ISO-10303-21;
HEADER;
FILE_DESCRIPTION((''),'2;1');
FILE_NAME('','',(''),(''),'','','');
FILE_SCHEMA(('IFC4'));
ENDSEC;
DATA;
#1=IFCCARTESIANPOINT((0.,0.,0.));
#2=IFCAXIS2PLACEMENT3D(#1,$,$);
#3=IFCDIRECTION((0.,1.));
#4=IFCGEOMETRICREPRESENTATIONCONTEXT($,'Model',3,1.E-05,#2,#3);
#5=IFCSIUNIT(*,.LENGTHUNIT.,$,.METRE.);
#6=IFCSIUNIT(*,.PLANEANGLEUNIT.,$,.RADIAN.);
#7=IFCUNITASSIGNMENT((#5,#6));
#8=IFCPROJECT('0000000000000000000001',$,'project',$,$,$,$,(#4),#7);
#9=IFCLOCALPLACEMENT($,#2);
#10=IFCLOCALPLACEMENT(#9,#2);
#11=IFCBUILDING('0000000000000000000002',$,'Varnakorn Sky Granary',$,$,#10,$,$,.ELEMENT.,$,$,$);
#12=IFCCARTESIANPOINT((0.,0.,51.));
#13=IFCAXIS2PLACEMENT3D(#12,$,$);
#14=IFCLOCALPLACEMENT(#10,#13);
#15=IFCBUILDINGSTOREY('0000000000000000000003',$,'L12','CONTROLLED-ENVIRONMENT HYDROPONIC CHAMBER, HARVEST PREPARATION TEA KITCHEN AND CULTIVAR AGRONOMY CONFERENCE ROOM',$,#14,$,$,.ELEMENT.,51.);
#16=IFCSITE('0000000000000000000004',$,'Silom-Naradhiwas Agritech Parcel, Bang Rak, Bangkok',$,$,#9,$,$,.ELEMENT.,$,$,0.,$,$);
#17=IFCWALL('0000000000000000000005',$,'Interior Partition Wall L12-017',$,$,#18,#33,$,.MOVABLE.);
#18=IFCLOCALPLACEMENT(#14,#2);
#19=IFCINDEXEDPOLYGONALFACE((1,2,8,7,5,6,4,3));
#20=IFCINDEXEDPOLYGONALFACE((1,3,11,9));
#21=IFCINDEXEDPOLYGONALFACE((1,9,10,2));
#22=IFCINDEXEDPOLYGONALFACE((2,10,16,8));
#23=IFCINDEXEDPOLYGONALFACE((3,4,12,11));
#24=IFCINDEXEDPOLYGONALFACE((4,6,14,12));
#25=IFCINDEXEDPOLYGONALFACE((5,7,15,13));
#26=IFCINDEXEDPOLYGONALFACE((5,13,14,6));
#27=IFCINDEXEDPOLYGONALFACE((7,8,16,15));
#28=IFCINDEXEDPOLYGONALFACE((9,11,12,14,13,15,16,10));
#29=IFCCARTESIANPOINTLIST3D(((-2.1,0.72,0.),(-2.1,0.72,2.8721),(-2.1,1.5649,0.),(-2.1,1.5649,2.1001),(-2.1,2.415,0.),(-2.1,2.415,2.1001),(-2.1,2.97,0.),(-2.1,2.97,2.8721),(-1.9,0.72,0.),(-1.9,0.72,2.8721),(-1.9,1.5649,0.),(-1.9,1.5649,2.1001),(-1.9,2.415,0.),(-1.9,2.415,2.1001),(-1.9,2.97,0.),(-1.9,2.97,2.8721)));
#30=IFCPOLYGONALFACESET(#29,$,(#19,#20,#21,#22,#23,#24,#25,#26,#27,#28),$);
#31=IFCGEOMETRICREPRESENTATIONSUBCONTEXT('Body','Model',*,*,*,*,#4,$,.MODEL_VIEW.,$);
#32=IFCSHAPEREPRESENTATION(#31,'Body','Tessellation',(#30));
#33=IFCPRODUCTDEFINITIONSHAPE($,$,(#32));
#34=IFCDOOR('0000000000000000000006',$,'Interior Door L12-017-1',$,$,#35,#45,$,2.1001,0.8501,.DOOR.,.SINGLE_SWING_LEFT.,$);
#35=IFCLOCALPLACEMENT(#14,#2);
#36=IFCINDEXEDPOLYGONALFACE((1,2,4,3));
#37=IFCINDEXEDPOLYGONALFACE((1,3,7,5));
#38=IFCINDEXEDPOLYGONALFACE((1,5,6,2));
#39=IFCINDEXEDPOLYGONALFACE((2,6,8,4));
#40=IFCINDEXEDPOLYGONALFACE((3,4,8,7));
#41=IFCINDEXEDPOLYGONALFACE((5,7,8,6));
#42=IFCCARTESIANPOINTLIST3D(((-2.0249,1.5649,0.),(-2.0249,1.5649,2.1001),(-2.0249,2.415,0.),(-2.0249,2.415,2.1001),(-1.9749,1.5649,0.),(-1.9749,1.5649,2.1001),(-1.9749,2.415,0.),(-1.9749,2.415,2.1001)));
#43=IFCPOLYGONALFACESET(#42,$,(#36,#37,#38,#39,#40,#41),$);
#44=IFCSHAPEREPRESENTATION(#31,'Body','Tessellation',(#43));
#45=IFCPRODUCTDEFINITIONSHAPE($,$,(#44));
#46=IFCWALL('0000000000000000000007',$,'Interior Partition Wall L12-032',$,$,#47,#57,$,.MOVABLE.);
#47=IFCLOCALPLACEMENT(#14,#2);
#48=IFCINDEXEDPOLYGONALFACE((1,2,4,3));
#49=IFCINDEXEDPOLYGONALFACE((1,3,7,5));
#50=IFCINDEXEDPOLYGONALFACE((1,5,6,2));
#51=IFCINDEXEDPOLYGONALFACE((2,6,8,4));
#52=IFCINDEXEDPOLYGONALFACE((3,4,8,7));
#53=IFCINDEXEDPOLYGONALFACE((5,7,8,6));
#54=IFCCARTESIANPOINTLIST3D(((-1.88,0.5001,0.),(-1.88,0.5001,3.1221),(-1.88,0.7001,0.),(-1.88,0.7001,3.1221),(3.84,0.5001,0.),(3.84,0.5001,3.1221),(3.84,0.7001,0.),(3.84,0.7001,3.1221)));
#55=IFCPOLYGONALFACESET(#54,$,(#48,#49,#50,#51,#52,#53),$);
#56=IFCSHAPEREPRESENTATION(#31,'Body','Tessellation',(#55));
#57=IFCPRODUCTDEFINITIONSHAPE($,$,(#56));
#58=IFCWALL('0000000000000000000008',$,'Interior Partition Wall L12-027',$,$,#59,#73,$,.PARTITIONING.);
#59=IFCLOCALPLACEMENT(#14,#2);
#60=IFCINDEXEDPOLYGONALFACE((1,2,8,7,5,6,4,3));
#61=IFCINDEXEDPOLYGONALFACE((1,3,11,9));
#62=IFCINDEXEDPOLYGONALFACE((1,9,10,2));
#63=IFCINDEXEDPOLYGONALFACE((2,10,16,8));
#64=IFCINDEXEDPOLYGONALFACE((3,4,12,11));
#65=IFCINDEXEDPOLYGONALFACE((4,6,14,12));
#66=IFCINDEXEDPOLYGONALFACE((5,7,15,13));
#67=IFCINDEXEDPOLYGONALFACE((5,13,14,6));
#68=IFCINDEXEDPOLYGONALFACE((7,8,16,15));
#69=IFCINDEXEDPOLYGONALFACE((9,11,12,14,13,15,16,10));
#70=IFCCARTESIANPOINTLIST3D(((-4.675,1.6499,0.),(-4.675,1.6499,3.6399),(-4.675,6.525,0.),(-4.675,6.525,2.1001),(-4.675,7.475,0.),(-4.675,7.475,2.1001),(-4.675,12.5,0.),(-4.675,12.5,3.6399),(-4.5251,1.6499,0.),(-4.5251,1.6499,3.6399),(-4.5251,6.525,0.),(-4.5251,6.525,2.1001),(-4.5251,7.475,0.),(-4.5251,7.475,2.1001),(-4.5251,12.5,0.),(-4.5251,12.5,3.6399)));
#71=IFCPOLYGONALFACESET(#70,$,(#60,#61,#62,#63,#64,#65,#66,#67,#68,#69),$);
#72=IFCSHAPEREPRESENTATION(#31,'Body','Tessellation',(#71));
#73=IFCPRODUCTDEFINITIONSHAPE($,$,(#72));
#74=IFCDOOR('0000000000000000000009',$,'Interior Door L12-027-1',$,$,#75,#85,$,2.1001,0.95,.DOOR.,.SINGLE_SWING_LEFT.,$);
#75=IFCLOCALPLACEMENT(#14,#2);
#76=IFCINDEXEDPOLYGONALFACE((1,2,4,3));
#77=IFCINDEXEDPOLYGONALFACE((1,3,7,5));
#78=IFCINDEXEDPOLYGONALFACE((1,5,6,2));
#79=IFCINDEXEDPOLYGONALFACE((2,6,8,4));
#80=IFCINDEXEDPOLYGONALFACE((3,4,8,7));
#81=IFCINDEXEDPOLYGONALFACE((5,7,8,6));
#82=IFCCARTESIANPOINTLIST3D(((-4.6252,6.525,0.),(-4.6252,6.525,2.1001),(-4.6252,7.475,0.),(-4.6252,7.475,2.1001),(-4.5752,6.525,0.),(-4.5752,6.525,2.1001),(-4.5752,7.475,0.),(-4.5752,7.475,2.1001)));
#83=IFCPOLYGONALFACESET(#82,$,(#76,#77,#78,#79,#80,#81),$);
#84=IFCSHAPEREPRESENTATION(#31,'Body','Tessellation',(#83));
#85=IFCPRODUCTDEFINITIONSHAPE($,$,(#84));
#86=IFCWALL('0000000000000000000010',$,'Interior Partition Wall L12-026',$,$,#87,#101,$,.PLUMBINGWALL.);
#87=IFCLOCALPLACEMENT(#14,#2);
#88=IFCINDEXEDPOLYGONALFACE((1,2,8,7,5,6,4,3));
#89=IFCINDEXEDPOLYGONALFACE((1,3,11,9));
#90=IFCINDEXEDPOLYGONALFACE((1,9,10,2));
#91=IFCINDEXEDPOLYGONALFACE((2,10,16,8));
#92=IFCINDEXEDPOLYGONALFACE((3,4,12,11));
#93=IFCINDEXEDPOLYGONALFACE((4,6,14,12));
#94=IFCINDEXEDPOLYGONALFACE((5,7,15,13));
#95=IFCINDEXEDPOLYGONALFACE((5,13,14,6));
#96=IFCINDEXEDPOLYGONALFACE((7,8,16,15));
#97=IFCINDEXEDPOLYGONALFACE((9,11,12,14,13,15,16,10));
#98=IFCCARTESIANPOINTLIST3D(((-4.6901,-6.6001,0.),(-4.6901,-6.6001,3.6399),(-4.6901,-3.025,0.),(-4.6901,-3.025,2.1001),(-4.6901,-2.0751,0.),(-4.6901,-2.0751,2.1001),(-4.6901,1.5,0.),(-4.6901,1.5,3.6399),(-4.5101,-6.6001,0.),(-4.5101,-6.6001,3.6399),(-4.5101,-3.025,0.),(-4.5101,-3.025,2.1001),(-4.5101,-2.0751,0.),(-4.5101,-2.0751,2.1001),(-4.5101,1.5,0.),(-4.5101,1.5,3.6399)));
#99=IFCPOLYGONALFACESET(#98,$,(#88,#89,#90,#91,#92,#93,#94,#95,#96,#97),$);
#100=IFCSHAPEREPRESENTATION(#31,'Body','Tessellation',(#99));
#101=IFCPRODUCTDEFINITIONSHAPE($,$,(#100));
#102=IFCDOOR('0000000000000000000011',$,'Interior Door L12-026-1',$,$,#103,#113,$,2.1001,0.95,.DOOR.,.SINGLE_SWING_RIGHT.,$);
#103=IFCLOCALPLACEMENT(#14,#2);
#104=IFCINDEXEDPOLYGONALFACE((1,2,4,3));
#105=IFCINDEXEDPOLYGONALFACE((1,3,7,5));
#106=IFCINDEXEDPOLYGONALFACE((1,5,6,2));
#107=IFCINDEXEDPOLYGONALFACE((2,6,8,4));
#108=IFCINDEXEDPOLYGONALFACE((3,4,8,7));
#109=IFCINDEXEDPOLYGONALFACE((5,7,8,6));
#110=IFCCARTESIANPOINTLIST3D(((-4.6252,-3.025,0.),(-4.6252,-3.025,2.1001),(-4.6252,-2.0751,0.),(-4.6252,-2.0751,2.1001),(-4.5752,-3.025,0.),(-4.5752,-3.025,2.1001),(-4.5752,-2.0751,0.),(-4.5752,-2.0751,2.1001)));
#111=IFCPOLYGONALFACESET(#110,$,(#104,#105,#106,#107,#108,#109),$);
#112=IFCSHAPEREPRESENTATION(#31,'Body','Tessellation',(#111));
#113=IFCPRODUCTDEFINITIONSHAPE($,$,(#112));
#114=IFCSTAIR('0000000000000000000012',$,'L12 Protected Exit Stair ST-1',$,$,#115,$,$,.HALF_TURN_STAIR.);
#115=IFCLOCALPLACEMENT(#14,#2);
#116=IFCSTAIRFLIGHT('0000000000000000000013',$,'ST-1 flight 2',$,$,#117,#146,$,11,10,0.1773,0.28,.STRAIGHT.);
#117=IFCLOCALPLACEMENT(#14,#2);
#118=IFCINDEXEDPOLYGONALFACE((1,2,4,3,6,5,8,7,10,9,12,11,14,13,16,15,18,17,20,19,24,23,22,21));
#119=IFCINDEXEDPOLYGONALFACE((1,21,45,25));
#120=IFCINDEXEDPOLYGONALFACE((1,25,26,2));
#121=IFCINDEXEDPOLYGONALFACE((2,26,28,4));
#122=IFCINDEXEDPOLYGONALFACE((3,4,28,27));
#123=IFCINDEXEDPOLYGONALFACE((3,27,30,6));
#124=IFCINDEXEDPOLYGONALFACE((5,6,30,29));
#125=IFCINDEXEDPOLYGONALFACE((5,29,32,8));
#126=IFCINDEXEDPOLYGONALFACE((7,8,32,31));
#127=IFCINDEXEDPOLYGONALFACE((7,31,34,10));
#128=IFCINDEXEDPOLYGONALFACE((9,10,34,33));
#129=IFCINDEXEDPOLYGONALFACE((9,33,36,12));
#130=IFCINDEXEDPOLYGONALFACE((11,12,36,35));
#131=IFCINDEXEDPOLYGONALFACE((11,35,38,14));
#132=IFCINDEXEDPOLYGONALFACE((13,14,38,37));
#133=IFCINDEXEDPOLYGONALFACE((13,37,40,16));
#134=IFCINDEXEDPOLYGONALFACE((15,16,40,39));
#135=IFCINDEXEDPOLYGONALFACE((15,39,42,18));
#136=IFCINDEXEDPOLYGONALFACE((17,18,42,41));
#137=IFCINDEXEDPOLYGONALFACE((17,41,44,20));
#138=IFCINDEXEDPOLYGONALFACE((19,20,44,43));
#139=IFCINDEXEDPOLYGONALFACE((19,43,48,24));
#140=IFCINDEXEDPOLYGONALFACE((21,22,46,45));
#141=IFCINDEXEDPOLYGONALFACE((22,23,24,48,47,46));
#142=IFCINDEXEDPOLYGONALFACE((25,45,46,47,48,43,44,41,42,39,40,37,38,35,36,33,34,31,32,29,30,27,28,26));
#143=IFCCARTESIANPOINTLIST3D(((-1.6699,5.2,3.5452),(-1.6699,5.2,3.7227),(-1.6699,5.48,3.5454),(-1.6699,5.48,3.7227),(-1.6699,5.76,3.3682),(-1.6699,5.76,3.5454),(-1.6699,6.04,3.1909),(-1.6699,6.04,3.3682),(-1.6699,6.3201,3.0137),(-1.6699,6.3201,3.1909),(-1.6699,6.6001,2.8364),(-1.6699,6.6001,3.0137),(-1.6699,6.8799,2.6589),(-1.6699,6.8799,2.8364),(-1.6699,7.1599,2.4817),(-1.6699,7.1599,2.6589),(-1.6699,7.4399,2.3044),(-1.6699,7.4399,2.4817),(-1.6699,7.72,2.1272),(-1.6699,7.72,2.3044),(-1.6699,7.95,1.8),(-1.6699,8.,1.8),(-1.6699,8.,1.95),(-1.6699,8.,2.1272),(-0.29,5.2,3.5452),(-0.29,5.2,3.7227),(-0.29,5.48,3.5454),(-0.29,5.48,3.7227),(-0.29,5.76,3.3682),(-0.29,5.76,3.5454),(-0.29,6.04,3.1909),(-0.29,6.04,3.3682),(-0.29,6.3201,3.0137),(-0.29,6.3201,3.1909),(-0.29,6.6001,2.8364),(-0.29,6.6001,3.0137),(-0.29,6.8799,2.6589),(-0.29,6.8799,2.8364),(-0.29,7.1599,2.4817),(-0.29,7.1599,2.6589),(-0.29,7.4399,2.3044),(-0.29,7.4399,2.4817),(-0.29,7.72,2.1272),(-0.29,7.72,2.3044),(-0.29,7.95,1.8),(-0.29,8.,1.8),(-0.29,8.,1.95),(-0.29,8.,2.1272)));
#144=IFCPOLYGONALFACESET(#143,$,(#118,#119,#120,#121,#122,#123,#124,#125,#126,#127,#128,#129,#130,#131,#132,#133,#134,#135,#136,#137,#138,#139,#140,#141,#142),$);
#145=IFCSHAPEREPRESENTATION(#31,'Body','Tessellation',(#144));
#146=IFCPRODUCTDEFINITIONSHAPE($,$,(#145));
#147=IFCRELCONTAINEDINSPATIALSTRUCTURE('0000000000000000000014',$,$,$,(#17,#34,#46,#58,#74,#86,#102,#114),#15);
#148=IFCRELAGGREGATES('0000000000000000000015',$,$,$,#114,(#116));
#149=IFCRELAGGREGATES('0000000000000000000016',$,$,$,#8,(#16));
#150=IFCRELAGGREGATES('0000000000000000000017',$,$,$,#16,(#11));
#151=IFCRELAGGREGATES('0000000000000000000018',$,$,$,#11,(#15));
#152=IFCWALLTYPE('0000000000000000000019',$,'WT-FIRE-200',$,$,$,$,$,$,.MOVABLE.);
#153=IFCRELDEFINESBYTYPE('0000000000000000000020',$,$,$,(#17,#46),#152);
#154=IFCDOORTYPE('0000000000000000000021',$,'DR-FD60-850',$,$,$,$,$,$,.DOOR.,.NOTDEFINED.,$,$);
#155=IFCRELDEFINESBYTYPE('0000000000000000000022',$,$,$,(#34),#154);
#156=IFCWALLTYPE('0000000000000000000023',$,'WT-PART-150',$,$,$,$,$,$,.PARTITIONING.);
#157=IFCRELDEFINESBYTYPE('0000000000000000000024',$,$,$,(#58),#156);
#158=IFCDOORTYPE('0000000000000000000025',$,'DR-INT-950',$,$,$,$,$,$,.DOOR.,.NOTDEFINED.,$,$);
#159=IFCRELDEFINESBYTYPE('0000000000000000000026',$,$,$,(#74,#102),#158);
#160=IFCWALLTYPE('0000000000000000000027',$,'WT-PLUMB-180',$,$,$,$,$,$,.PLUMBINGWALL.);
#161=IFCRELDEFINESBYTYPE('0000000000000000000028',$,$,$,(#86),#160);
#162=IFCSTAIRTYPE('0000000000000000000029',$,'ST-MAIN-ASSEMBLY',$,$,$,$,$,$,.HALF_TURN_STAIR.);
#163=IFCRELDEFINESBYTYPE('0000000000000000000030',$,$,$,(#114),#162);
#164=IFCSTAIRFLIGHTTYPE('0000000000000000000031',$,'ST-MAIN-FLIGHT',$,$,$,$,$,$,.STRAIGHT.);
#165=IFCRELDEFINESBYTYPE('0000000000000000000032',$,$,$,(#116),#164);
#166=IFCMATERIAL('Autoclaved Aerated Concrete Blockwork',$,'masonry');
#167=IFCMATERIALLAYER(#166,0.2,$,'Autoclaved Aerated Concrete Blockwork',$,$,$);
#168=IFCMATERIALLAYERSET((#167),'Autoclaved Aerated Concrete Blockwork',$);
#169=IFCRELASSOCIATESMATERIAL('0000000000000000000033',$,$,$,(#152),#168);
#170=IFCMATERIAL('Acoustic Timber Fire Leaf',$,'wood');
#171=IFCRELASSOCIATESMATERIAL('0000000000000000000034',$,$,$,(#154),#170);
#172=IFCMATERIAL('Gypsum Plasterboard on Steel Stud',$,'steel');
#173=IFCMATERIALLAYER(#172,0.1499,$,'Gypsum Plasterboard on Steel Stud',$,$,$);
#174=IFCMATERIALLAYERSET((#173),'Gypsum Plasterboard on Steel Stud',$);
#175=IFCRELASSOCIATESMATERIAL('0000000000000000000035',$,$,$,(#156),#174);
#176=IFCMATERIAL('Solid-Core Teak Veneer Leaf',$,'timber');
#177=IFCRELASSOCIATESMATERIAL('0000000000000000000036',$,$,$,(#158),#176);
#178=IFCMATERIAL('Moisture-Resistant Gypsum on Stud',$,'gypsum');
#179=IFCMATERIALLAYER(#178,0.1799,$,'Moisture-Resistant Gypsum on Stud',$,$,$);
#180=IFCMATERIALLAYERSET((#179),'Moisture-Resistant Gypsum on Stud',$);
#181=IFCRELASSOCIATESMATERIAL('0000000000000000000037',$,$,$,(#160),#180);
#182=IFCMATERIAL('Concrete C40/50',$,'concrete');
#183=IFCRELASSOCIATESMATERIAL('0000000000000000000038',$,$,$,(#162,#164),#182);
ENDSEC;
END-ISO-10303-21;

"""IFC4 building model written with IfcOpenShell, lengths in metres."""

from ifc_helpers import new_model, si_unit, direction, frame, frame_2d, origin, place, context, subcontext, project, spatial, polyline, rectangle, outline, extrude, material, layer, layer_set, type_object, element, fill, aggregate, save


model = new_model("IFC4")

# Units and contexts
model_context = context("Model", 3, precision=1e-05, world=origin(), true_north=direction((0.0, 1.0)))
body_context = subcontext(model_context, "Body", "Model", "MODEL_VIEW")
ifc_project = project(units=[si_unit("LENGTHUNIT", "METRE"), si_unit("PLANEANGLEUNIT", "RADIAN")], contexts=[model_context])

# Site, building, storey
site_placement = place(None, origin())
site = spatial("IfcSite", under=ifc_project, at=site_placement, Name="Silom-Naradhiwas Agritech Parcel, Bang Rak, Bangkok", CompositionType="ELEMENT", RefElevation=0.0)
building_placement = place(site_placement, origin())
building = spatial("IfcBuilding", under=site, at=building_placement, Name="Varnakorn Sky Granary", CompositionType="ELEMENT")
storey_placement = place(building_placement, frame((0.0, 0.0, 51.0)))
storey = spatial("IfcBuildingStorey", under=building, at=storey_placement, Name="L12", Description="CONTROLLED-ENVIRONMENT HYDROPONIC CHAMBER, HARVEST PREPARATION TEA KITCHEN AND CULTIVAR AGRONOMY CONFERENCE ROOM", CompositionType="ELEMENT", Elevation=51.0)

# Wall, opening, door
ifc_material_1 = material(Name="Autoclaved Aerated Concrete Blockwork", Category="masonry")
ifc_layer_1 = layer(ifc_material_1, 0.2, Name="Autoclaved Aerated Concrete Blockwork")
ifc_layer_set_1 = layer_set([ifc_layer_1], Name="Autoclaved Aerated Concrete Blockwork")
wall_type_1 = type_object("IfcWallType", Name="WT-FIRE-200", PredefinedType="MOVABLE", material=ifc_layer_set_1)
wall_1_placement = place(storey_placement, frame((-2.0, 0.72, 0.0), z_axis=(0.0, 0.0, 1.0), x_axis=(0.0, 1.0, 0.0)))
wall_1 = element("IfcWall", 1, at=wall_1_placement, inside=storey, type_object=wall_type_1, Name="Interior Partition Wall L12-017", PredefinedType="MOVABLE", context=body_context, shape_type="SweptSolid", body=[
    extrude(rectangle(XDim=2.25, YDim=0.2, at=frame_2d((1.125, 0.0))), origin(), (0.0, 0.0, 1.0), 2.8721),
])
opening_1_placement = place(wall_1_placement, frame((0.845, 0.0, 0.0)))
opening_1 = element("IfcOpeningElement", 2, at=opening_1_placement, cuts=wall_1, PredefinedType="OPENING", context=body_context, shape_type="SweptSolid", body=[
    extrude(rectangle(XDim=0.8501, YDim=2.1001, at=frame_2d((0.425, 1.05))), frame((0.0, 0.1099, 0.0), z_axis=(0.0, -1.0, 0.0), x_axis=(1.0, 0.0, 0.0)), (0.0, 0.0, 1.0), 0.22),
])
ifc_material_2 = material(Name="Acoustic Timber Fire Leaf", Category="wood")
door_type_1 = type_object("IfcDoorType", Name="DR-FD60-850", OperationType="NOTDEFINED", PredefinedType="DOOR", material=ifc_material_2)
door_1_placement = place(opening_1_placement, origin())
door_1 = element("IfcDoor", 3, at=door_1_placement, inside=storey, type_object=door_type_1, Name="Interior Door L12-017-1", OperationType="SINGLE_SWING_LEFT", OverallHeight=2.1001, OverallWidth=0.8501, PredefinedType="DOOR", context=body_context, shape_type="SweptSolid", body=[
    extrude(rectangle(XDim=0.8501, YDim=2.1001, at=frame_2d((0.425, 1.05))), frame((0.0, 0.0249, 0.0), z_axis=(0.0, -1.0, 0.0), x_axis=(1.0, 0.0, 0.0)), (0.0, 0.0, 1.0), 0.05),
])
fill(opening_1, door_1)

# Wall
wall_2_placement = place(storey_placement, frame((-1.8799, 0.6001, 0.0), z_axis=(0.0, 0.0, 1.0), x_axis=(1.0, 0.0, 0.0)))
element("IfcWall", 4, at=wall_2_placement, inside=storey, type_object=wall_type_1, Name="Interior Partition Wall L12-032", PredefinedType="MOVABLE", context=body_context, shape_type="SweptSolid", body=[
    extrude(rectangle(XDim=5.72, YDim=0.2, at=frame_2d((2.8599, 0.0))), origin(), (0.0, 0.0, 1.0), 3.1221),
])

# Walls, openings, doors
ifc_material_3 = material(Name="Gypsum Plasterboard on Steel Stud", Category="steel")
ifc_layer_2 = layer(ifc_material_3, 0.1499, Name="Gypsum Plasterboard on Steel Stud")
ifc_layer_set_2 = layer_set([ifc_layer_2], Name="Gypsum Plasterboard on Steel Stud")
wall_type_2 = type_object("IfcWallType", Name="WT-PART-150", PredefinedType="PARTITIONING", material=ifc_layer_set_2)
wall_3_placement = place(storey_placement, frame((-4.6001, 12.5, 0.0), z_axis=(0.0, 0.0, 1.0), x_axis=(0.0, -1.0, 0.0)))
wall_3 = element("IfcWall", 5, at=wall_3_placement, inside=storey, type_object=wall_type_2, Name="Interior Partition Wall L12-027", PredefinedType="PARTITIONING", context=body_context, shape_type="SweptSolid", body=[
    extrude(rectangle(XDim=10.8501, YDim=0.1499, at=frame_2d((5.425, 0.0))), origin(), (0.0, 0.0, 1.0), 3.6399),
])
opening_2_placement = place(wall_3_placement, frame((5.0249, 0.0, 0.0)))
opening_2 = element("IfcOpeningElement", 6, at=opening_2_placement, cuts=wall_3, PredefinedType="OPENING", context=body_context, shape_type="SweptSolid", body=[
    extrude(rectangle(XDim=0.95, YDim=2.1001, at=frame_2d((0.4751, 1.05))), frame((0.0, 0.085, 0.0), z_axis=(0.0, -1.0, 0.0), x_axis=(1.0, 0.0, 0.0)), (0.0, 0.0, 1.0), 0.1699),
])
ifc_material_4 = material(Name="Solid-Core Teak Veneer Leaf", Category="timber")
door_type_2 = type_object("IfcDoorType", Name="DR-INT-950", OperationType="NOTDEFINED", PredefinedType="DOOR", material=ifc_material_4)
door_2_placement = place(opening_2_placement, origin())
door_2 = element("IfcDoor", 7, at=door_2_placement, inside=storey, type_object=door_type_2, Name="Interior Door L12-027-1", OperationType="SINGLE_SWING_LEFT", OverallHeight=2.1001, OverallWidth=0.95, PredefinedType="DOOR", context=body_context, shape_type="SweptSolid", body=[
    extrude(rectangle(XDim=0.95, YDim=2.1001, at=frame_2d((0.4751, 1.05))), frame((0.0, 0.0249, 0.0), z_axis=(0.0, -1.0, 0.0), x_axis=(1.0, 0.0, 0.0)), (0.0, 0.0, 1.0), 0.05),
])
fill(opening_2, door_2)
ifc_material_5 = material(Name="Moisture-Resistant Gypsum on Stud", Category="gypsum")
ifc_layer_3 = layer(ifc_material_5, 0.1799, Name="Moisture-Resistant Gypsum on Stud")
ifc_layer_set_3 = layer_set([ifc_layer_3], Name="Moisture-Resistant Gypsum on Stud")
wall_type_3 = type_object("IfcWallType", Name="WT-PLUMB-180", PredefinedType="PLUMBINGWALL", material=ifc_layer_set_3)
wall_4_placement = place(storey_placement, frame((-4.6001, 1.5, 0.0), z_axis=(0.0, 0.0, 1.0), x_axis=(0.0, -1.0, 0.0)))
wall_4 = element("IfcWall", 8, at=wall_4_placement, inside=storey, type_object=wall_type_3, Name="Interior Partition Wall L12-026", PredefinedType="PLUMBINGWALL", context=body_context, shape_type="SweptSolid", body=[
    extrude(rectangle(XDim=8.1001, YDim=0.1799, at=frame_2d((4.05, 0.0))), origin(), (0.0, 0.0, 1.0), 3.6399),
])
opening_3_placement = place(wall_4_placement, frame((3.575, 0.0, 0.0)))
opening_3 = element("IfcOpeningElement", 9, at=opening_3_placement, cuts=wall_4, PredefinedType="OPENING", context=body_context, shape_type="SweptSolid", body=[
    extrude(rectangle(XDim=0.95, YDim=2.1001, at=frame_2d((0.4751, 1.05))), frame((0.0, 0.1001, 0.0), z_axis=(0.0, -1.0, 0.0), x_axis=(1.0, 0.0, 0.0)), (0.0, 0.0, 1.0), 0.2),
])
door_3_placement = place(opening_3_placement, origin())
door_3 = element("IfcDoor", 10, at=door_3_placement, inside=storey, type_object=door_type_2, Name="Interior Door L12-026-1", OperationType="SINGLE_SWING_RIGHT", OverallHeight=2.1001, OverallWidth=0.95, PredefinedType="DOOR", context=body_context, shape_type="SweptSolid", body=[
    extrude(rectangle(XDim=0.95, YDim=2.1001, at=frame_2d((0.4751, 1.05))), frame((0.0, 0.0249, 0.0), z_axis=(0.0, -1.0, 0.0), x_axis=(1.0, 0.0, 0.0)), (0.0, 0.0, 1.0), 0.05),
])
fill(opening_3, door_3)

# Stair, stair flight
ifc_material_6 = material(Name="Concrete C40/50", Category="concrete")
stair_type = type_object("IfcStairType", Name="ST-MAIN-ASSEMBLY", PredefinedType="HALF_TURN_STAIR", material=ifc_material_6)
stair_placement = place(storey_placement, origin())
stair = element("IfcStair", 11, at=stair_placement, inside=storey, type_object=stair_type, Name="L12 Protected Exit Stair ST-1", PredefinedType="HALF_TURN_STAIR")
stair_flight_type = type_object("IfcStairFlightType", Name="ST-MAIN-FLIGHT", PredefinedType="STRAIGHT", material=ifc_material_6)
stair_flight_placement = place(storey_placement, frame((-0.98, 8.0, 1.95), z_axis=(0.0, 0.0, 1.0), x_axis=(0.0, -1.0, 0.0)))
stair_flight = element("IfcStairFlight", 12, at=stair_flight_placement, type_object=stair_flight_type, Name="ST-1 flight 2", NumberOfRisers=11, NumberOfTreads=10, PredefinedType="STRAIGHT", RiserHeight=0.1773, TreadLength=0.28, context=body_context, shape_type="SweptSolid", body=[
    extrude(outline(polyline([(0.0, -0.1499), (0.0, 0.0), (0.0, 0.1772), (0.28, 0.1772), (0.28, 0.3545), (0.5601, 0.3545), (0.5601, 0.5317), (0.8401, 0.5317), (0.8401, 0.709), (1.1201, 0.709), (1.1201, 0.8865), (1.3999, 0.8865), (1.3999, 1.0637), (1.6799, 1.0637), (1.6799, 1.241), (1.96, 1.241), (1.96, 1.4182), (2.24, 1.4182), (2.24, 1.5955), (2.52, 1.5955), (2.52, 1.7727), (2.8, 1.7727), (2.8, 1.95), (2.8, 1.5952), (0.05, -0.1499), (0.0, -0.1499)])), frame((0.0, 0.6899, 0.0), z_axis=(0.0, -1.0, 0.0), x_axis=(1.0, 0.0, 0.0)), (0.0, 0.0, 1.0), 1.3799),
])
aggregate(stair, [stair_flight])

save(model, "model.ifc")
